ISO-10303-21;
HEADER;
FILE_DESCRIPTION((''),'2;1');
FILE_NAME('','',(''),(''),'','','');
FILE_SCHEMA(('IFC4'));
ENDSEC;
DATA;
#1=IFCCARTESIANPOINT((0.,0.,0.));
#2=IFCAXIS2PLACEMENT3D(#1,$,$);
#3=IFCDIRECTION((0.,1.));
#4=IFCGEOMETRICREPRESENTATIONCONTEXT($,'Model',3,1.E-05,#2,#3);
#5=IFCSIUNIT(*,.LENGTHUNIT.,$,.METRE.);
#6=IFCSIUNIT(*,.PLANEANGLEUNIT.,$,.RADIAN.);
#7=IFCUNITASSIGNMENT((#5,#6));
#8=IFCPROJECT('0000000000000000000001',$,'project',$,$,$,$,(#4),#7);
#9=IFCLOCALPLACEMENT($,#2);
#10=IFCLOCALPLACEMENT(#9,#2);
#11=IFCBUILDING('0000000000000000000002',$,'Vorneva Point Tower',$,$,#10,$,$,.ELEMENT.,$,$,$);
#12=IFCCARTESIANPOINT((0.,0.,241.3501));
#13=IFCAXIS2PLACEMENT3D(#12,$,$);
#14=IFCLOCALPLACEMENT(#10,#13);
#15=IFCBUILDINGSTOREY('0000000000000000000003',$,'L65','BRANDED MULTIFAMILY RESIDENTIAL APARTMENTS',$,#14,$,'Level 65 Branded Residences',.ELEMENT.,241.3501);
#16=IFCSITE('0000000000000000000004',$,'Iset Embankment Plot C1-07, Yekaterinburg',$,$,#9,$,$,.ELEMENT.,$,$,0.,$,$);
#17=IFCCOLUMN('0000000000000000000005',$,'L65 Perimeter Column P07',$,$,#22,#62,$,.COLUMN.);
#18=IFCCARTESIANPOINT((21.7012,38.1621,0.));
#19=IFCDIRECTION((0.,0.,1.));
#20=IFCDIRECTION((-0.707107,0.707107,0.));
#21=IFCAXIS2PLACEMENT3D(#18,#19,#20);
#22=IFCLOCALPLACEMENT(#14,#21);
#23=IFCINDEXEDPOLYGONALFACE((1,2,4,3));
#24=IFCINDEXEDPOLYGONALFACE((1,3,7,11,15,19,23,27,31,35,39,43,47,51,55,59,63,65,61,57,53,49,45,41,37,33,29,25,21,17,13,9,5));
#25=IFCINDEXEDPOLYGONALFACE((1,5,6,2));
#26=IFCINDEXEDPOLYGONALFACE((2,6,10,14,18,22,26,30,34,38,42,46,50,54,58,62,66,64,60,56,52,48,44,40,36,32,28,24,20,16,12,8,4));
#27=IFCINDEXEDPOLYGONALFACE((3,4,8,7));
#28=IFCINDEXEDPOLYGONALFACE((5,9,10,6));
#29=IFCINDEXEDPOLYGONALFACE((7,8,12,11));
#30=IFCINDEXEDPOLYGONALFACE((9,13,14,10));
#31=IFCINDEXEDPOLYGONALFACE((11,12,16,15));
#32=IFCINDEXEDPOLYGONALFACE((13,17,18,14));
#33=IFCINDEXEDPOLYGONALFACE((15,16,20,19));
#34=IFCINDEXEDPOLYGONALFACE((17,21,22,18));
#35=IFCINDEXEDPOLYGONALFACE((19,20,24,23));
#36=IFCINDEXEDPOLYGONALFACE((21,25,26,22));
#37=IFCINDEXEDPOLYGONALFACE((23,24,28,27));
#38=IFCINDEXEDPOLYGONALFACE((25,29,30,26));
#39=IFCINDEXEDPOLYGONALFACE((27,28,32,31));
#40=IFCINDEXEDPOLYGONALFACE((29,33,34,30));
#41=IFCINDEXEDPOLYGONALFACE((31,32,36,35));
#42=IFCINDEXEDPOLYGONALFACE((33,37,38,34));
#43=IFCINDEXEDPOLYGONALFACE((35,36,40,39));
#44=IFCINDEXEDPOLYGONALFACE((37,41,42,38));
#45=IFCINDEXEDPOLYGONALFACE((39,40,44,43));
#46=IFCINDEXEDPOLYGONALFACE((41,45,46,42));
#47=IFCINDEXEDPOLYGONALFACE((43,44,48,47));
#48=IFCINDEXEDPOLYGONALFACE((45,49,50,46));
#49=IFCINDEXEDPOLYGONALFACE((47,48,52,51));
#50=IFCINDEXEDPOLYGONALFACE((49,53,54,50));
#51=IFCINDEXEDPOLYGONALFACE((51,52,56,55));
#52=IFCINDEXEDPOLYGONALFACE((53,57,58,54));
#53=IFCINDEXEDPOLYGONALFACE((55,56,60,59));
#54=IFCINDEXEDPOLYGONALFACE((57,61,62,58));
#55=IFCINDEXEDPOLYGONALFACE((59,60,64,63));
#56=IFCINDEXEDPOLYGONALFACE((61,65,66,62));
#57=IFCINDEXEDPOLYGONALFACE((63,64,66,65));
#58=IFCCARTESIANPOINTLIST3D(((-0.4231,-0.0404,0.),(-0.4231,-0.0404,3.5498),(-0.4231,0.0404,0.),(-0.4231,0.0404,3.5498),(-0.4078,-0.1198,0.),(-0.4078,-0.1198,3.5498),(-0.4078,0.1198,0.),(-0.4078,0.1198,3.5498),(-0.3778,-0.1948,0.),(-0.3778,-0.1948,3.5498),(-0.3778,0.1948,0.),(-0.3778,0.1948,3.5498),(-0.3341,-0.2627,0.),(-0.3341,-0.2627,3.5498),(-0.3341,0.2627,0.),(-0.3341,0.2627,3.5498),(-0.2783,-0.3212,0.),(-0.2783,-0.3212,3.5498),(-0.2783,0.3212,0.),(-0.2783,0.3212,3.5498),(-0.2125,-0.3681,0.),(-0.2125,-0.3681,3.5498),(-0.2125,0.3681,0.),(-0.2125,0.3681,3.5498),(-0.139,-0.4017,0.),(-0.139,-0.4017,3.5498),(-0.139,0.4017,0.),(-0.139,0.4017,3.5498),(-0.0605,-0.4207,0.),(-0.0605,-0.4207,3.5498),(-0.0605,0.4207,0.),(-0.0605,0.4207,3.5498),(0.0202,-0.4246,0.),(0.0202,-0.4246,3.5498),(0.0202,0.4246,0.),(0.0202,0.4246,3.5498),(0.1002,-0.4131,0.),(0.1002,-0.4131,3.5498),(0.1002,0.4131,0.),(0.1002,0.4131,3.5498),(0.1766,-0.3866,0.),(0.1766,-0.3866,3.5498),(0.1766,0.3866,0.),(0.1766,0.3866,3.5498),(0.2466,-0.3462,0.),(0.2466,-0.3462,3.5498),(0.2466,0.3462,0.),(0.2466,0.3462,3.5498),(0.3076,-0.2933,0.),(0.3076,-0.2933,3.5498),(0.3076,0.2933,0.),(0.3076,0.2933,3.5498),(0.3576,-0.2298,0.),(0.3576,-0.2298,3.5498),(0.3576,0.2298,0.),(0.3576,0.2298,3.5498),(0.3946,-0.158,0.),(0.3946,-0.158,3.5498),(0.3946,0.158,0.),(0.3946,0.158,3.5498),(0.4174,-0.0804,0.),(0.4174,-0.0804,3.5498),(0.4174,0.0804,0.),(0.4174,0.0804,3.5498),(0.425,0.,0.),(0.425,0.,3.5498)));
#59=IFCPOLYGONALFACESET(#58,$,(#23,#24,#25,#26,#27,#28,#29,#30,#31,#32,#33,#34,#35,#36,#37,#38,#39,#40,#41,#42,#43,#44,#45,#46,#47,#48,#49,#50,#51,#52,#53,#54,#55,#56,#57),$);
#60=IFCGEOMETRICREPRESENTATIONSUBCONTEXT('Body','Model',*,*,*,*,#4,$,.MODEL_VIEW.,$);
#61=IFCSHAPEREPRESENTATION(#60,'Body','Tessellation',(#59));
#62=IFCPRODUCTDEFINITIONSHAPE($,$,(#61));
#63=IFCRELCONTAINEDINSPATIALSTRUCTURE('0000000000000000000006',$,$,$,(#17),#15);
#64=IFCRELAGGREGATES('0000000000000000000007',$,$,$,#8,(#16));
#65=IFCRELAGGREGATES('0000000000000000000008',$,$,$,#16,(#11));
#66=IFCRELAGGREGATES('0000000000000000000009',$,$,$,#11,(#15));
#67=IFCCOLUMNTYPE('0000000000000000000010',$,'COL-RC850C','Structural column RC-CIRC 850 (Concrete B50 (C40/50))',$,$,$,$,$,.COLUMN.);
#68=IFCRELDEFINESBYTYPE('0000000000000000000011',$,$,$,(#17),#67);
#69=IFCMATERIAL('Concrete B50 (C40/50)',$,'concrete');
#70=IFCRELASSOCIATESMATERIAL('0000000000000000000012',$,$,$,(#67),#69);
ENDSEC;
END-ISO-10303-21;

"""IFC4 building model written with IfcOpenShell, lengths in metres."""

from ifc_helpers import new_model, si_unit, direction, frame, origin, origin_2d, place, context, subcontext, project, spatial, circle, extrude, material, material_profile, profile_set, type_object, element, save


model = new_model("IFC4")

# Units and contexts
model_context = context("Model", 3, precision=1e-05, world=origin(), true_north=direction((0.0, 1.0)))
body_context = subcontext(model_context, "Body", "Model", "MODEL_VIEW")
ifc_project = project(units=[si_unit("LENGTHUNIT", "METRE"), si_unit("PLANEANGLEUNIT", "RADIAN")], contexts=[model_context])

# Site, building, storey
site_placement = place(None, origin())
site = spatial("IfcSite", under=ifc_project, at=site_placement, Name="Iset Embankment Plot C1-07, Yekaterinburg", CompositionType="ELEMENT", RefElevation=0.0)
building_placement = place(site_placement, origin())
building = spatial("IfcBuilding", under=site, at=building_placement, Name="Vorneva Point Tower", CompositionType="ELEMENT")
storey_placement = place(building_placement, frame((0.0, 0.0, 241.3501)))
storey = spatial("IfcBuildingStorey", under=building, at=storey_placement, Name="L65", Description="BRANDED MULTIFAMILY RESIDENTIAL APARTMENTS", LongName="Level 65 Branded Residences", CompositionType="ELEMENT", Elevation=241.3501)

# Column
ifc_material_1 = material(Name="Concrete B50 (C40/50)", Category="concrete")
ifc_material_profile_1 = material_profile(ifc_material_1, circle(Radius=0.425, at=origin_2d()), Name="RC-CIRC 850")
ifc_profile_set_1 = profile_set([ifc_material_profile_1], Name="Concrete B50 (C40/50)")
column_type = type_object("IfcColumnType", Name="COL-RC850C", Description="Structural column RC-CIRC 850 (Concrete B50 (C40/50))", PredefinedType="COLUMN", material=ifc_profile_set_1)
column_placement = place(storey_placement, frame((21.7012, 38.1621, 0.0), z_axis=(0.0, 0.0, 1.0), x_axis=(-0.707107, 0.707107, 0.0)))
element("IfcColumn", 1, at=column_placement, inside=storey, type_object=column_type, Name="L65 Perimeter Column P07", PredefinedType="COLUMN", context=body_context, shape_type="SweptSolid", body=[
    extrude(circle(Radius=0.425, at=origin_2d()), origin(), (0.0, 0.0, 1.0), 3.5498),
])

save(model, "model.ifc")
